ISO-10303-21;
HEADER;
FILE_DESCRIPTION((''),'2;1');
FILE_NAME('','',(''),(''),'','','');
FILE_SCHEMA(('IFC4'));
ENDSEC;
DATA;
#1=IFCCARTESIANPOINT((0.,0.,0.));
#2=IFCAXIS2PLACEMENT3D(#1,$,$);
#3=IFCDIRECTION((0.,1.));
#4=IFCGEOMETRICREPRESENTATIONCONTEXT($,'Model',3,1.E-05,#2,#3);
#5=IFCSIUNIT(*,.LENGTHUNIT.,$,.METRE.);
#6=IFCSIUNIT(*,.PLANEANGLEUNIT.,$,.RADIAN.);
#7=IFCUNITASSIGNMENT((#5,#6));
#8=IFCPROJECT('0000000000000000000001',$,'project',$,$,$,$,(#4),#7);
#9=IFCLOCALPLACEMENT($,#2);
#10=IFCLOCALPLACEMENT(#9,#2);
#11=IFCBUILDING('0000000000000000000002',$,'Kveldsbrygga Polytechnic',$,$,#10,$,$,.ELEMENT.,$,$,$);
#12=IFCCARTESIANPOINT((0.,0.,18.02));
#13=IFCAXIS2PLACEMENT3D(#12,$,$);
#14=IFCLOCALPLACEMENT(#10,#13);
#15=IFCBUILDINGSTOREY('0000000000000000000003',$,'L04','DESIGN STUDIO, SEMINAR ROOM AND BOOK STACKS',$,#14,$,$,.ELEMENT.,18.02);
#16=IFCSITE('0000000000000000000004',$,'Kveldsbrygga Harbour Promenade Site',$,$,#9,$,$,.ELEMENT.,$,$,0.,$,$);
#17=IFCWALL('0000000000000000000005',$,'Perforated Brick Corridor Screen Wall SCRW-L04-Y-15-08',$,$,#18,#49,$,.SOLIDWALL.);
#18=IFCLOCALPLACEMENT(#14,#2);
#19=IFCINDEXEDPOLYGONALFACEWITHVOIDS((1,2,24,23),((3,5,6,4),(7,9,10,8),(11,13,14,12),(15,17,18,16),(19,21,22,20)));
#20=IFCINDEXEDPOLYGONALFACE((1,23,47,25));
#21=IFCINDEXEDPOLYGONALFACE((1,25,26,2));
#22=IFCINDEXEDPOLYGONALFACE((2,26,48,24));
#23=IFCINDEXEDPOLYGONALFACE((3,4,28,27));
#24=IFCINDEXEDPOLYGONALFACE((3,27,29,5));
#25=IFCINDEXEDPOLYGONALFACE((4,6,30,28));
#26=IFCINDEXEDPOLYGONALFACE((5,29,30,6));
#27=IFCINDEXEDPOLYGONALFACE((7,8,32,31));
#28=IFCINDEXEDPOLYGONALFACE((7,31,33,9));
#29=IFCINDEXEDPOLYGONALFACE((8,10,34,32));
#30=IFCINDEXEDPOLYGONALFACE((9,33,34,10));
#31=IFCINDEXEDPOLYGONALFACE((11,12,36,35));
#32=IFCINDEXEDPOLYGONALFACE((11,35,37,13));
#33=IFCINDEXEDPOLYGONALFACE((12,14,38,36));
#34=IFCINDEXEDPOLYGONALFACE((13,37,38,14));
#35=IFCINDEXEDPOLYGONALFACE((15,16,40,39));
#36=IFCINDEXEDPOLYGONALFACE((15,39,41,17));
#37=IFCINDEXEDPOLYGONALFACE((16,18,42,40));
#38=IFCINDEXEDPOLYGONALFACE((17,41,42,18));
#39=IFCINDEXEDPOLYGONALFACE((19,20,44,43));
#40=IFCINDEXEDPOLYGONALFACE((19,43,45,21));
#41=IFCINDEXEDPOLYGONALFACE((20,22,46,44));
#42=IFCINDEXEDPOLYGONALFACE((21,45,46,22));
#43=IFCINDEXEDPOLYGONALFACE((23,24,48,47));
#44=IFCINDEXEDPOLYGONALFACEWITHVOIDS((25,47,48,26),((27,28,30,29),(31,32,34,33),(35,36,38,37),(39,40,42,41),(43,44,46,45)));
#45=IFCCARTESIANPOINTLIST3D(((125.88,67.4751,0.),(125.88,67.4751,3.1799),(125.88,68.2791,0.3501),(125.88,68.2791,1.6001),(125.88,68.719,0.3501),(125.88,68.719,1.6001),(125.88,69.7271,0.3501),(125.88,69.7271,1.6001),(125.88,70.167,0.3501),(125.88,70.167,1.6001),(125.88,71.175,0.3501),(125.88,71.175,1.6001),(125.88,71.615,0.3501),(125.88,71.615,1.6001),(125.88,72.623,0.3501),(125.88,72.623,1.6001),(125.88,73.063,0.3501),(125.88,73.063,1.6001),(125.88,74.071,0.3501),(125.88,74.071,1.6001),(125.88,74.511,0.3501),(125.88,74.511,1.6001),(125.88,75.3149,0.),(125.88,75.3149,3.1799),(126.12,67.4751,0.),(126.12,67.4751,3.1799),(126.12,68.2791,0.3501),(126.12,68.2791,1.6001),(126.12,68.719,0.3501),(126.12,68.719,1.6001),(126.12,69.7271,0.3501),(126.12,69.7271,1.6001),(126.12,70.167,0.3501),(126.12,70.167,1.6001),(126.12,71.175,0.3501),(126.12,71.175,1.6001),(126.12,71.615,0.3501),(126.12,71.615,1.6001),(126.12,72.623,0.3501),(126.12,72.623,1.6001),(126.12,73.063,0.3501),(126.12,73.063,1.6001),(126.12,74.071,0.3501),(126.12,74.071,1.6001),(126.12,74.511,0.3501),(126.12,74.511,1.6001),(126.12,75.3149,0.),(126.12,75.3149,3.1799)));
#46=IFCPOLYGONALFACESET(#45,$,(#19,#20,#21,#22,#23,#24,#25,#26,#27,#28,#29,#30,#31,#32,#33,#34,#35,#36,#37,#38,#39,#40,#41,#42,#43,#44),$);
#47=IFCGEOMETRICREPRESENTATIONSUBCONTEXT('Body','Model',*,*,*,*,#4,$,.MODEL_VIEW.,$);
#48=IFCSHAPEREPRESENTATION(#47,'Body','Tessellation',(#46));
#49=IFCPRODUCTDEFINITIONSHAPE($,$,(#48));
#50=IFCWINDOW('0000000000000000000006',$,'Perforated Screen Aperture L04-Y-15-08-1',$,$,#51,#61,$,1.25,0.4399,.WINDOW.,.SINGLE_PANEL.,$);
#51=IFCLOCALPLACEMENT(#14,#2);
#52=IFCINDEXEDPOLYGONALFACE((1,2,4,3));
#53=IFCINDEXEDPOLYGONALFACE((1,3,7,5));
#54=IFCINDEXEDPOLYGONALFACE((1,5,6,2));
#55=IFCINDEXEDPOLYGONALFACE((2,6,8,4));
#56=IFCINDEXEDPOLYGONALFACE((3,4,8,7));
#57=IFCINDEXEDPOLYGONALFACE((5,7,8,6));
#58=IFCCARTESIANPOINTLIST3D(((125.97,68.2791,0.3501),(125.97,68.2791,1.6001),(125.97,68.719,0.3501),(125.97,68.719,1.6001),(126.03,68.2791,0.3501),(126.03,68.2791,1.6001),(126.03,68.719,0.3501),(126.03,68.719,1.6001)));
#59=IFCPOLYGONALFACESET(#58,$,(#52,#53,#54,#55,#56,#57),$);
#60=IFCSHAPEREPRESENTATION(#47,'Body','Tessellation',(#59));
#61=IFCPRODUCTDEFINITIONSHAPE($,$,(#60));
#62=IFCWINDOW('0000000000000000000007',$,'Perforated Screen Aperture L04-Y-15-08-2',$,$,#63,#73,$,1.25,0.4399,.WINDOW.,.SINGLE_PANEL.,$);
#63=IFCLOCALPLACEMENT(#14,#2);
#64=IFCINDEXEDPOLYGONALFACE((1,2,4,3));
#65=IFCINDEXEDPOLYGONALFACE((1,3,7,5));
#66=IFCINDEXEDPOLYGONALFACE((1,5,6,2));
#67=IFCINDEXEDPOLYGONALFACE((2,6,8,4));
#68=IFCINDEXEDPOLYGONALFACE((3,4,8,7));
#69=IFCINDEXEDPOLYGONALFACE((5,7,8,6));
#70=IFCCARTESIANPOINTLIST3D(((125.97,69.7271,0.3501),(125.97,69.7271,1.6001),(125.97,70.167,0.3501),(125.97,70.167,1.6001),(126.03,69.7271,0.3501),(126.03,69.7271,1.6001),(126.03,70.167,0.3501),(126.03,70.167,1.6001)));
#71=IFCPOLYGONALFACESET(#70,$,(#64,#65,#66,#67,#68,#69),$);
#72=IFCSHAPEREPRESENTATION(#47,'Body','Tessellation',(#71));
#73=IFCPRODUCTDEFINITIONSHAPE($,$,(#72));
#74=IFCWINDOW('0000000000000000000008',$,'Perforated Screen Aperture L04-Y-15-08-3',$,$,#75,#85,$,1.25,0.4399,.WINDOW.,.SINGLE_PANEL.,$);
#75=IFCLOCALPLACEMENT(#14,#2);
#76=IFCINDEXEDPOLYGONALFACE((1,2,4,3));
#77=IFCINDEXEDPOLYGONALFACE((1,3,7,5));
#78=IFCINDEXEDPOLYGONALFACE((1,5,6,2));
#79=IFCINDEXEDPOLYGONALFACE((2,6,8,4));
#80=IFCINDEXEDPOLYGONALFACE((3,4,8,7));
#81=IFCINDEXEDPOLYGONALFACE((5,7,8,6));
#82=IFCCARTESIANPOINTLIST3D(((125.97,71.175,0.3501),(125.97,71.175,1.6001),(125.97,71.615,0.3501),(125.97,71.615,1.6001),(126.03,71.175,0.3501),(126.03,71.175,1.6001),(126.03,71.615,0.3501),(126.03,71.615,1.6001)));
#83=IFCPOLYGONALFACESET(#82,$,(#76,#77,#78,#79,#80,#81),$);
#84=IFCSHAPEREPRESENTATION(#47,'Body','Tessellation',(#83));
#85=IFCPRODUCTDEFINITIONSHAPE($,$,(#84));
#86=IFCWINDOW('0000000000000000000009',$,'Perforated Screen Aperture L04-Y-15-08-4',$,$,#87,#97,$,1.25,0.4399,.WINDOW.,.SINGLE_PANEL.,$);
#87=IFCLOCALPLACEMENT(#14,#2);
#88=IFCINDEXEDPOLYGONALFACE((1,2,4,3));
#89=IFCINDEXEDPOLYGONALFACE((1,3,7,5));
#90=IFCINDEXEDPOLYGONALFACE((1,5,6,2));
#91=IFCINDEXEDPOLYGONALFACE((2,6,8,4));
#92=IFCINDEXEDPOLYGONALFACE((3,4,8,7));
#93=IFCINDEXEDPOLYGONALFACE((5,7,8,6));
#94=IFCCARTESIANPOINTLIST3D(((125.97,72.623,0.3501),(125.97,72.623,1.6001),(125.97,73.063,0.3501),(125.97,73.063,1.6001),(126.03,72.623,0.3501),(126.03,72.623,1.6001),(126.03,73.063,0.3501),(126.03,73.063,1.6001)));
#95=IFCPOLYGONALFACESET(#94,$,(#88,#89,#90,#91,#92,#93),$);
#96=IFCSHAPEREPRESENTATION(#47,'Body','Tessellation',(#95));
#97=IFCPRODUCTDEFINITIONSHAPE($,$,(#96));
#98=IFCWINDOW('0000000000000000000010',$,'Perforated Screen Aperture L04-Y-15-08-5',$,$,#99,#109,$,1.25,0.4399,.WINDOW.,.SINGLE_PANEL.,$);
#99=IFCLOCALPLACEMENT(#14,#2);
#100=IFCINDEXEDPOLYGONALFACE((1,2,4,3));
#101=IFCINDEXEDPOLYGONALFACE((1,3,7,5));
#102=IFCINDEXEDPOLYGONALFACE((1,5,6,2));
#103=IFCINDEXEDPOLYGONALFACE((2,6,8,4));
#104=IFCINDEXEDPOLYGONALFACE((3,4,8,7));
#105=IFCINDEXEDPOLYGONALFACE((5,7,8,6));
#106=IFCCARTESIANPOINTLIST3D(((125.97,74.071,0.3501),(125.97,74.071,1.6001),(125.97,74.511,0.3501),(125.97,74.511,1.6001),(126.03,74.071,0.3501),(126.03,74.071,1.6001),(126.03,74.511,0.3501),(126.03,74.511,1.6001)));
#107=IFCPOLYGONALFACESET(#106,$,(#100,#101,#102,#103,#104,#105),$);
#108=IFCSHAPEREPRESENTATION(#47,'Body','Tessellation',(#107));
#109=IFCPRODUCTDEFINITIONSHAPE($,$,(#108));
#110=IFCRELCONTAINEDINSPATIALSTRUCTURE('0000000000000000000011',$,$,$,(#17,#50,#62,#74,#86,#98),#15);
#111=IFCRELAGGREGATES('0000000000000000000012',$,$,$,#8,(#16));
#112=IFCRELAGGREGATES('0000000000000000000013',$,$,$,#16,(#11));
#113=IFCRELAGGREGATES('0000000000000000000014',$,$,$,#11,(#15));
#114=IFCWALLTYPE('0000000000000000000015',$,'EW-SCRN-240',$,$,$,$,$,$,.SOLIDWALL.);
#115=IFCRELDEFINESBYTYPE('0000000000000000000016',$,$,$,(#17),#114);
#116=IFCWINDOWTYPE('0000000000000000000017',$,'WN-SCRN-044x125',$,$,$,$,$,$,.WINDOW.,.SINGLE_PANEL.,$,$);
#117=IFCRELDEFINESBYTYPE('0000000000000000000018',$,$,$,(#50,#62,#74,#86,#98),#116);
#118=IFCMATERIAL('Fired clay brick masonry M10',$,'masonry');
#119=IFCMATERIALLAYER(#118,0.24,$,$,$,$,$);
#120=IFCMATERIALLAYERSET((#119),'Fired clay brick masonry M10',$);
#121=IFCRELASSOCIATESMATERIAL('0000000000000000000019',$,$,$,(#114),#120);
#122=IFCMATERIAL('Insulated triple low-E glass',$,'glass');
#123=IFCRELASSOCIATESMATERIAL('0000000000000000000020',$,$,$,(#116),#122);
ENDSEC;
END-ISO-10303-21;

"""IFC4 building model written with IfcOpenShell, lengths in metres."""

from ifc_helpers import new_model, si_unit, direction, frame, frame_2d, origin, place, context, subcontext, project, spatial, rectangle, extrude, material, layer, layer_set, type_object, element, fill, save


model = new_model("IFC4")

# Units and contexts
model_context = context("Model", 3, precision=1e-05, world=origin(), true_north=direction((0.0, 1.0)))
body_context = subcontext(model_context, "Body", "Model", "MODEL_VIEW")
ifc_project = project(units=[si_unit("LENGTHUNIT", "METRE"), si_unit("PLANEANGLEUNIT", "RADIAN")], contexts=[model_context])

# Site, building, storey
site_placement = place(None, origin())
site = spatial("IfcSite", under=ifc_project, at=site_placement, Name="Kveldsbrygga Harbour Promenade Site", CompositionType="ELEMENT", RefElevation=0.0)
building_placement = place(site_placement, origin())
building = spatial("IfcBuilding", under=site, at=building_placement, Name="Kveldsbrygga Polytechnic", CompositionType="ELEMENT")
storey_placement = place(building_placement, frame((0.0, 0.0, 18.02)))
storey = spatial("IfcBuildingStorey", under=building, at=storey_placement, Name="L04", Description="DESIGN STUDIO, SEMINAR ROOM AND BOOK STACKS", CompositionType="ELEMENT", Elevation=18.02)

# Shared definitions
ifc_material_1 = material(Name="Insulated triple low-E glass", Category="glass")

# Wall, openings, windows
ifc_material_2 = material(Name="Fired clay brick masonry M10", Category="masonry")
ifc_layer_1 = layer(ifc_material_2, 0.24)
ifc_layer_set_1 = layer_set([ifc_layer_1], Name="Fired clay brick masonry M10")
wall_type = type_object("IfcWallType", Name="EW-SCRN-240", PredefinedType="SOLIDWALL", material=ifc_layer_set_1)
wall_placement = place(storey_placement, frame((126.0, 67.4751, 0.0), z_axis=(0.0, 0.0, 1.0), x_axis=(0.0, 1.0, 0.0)))
wall = element("IfcWall", 1, at=wall_placement, inside=storey, type_object=wall_type, Name="Perforated Brick Corridor Screen Wall SCRW-L04-Y-15-08", PredefinedType="SOLIDWALL", context=body_context, shape_type="SweptSolid", body=[
    extrude(rectangle(XDim=7.8398, YDim=0.24, at=frame_2d((3.9199, 0.0))), origin(), (0.0, 0.0, 1.0), 3.1799),
])
opening_1_placement = place(wall_placement, frame((0.804, 0.0, 0.3501)))
opening_1 = element("IfcOpeningElement", 2, at=opening_1_placement, cuts=wall, PredefinedType="OPENING", context=body_context, shape_type="SweptSolid", body=[
    extrude(rectangle(XDim=0.4399, YDim=1.25, at=frame_2d((0.22, 0.625))), frame((0.0, 0.1299, 0.0), z_axis=(0.0, -1.0, 0.0), x_axis=(1.0, 0.0, 0.0)), (0.0, 0.0, 1.0), 0.26),
])
opening_2_placement = place(wall_placement, frame((2.252, 0.0, 0.3501)))
opening_2 = element("IfcOpeningElement", 3, at=opening_2_placement, cuts=wall, PredefinedType="OPENING", context=body_context, shape_type="SweptSolid", body=[
    extrude(rectangle(XDim=0.4399, YDim=1.25, at=frame_2d((0.22, 0.625))), frame((0.0, 0.1299, 0.0), z_axis=(0.0, -1.0, 0.0), x_axis=(1.0, 0.0, 0.0)), (0.0, 0.0, 1.0), 0.26),
])
opening_3_placement = place(wall_placement, frame((3.7, 0.0, 0.3501)))
opening_3 = element("IfcOpeningElement", 4, at=opening_3_placement, cuts=wall, PredefinedType="OPENING", context=body_context, shape_type="SweptSolid", body=[
    extrude(rectangle(XDim=0.4399, YDim=1.25, at=frame_2d((0.22, 0.625))), frame((0.0, 0.1299, 0.0), z_axis=(0.0, -1.0, 0.0), x_axis=(1.0, 0.0, 0.0)), (0.0, 0.0, 1.0), 0.26),
])
opening_4_placement = place(wall_placement, frame((5.1479, 0.0, 0.3501)))
opening_4 = element("IfcOpeningElement", 5, at=opening_4_placement, cuts=wall, PredefinedType="OPENING", context=body_context, shape_type="SweptSolid", body=[
    extrude(rectangle(XDim=0.4399, YDim=1.25, at=frame_2d((0.22, 0.625))), frame((0.0, 0.1299, 0.0), z_axis=(0.0, -1.0, 0.0), x_axis=(1.0, 0.0, 0.0)), (0.0, 0.0, 1.0), 0.26),
])
opening_5_placement = place(wall_placement, frame((6.5959, 0.0, 0.3501)))
opening_5 = element("IfcOpeningElement", 6, at=opening_5_placement, cuts=wall, PredefinedType="OPENING", context=body_context, shape_type="SweptSolid", body=[
    extrude(rectangle(XDim=0.4399, YDim=1.25, at=frame_2d((0.22, 0.625))), frame((0.0, 0.1299, 0.0), z_axis=(0.0, -1.0, 0.0), x_axis=(1.0, 0.0, 0.0)), (0.0, 0.0, 1.0), 0.26),
])
window_type = type_object("IfcWindowType", Name="WN-SCRN-044x125", PartitioningType="SINGLE_PANEL", PredefinedType="WINDOW", material=ifc_material_1)
window_1_placement = place(opening_1_placement, origin())
window_1 = element("IfcWindow", 7, at=window_1_placement, inside=storey, type_object=window_type, Name="Perforated Screen Aperture L04-Y-15-08-1", OverallHeight=1.25, OverallWidth=0.4399, PartitioningType="SINGLE_PANEL", PredefinedType="WINDOW", context=body_context, shape_type="SweptSolid", body=[
    extrude(rectangle(XDim=0.4399, YDim=1.25, at=frame_2d((0.22, 0.625))), frame((0.0, 0.03, 0.0), z_axis=(0.0, -1.0, 0.0), x_axis=(1.0, 0.0, 0.0)), (0.0, 0.0, 1.0), 0.0601),
])
fill(opening_1, window_1)
window_2_placement = place(opening_2_placement, origin())
window_2 = element("IfcWindow", 8, at=window_2_placement, inside=storey, type_object=window_type, Name="Perforated Screen Aperture L04-Y-15-08-2", OverallHeight=1.25, OverallWidth=0.4399, PartitioningType="SINGLE_PANEL", PredefinedType="WINDOW", context=body_context, shape_type="SweptSolid", body=[
    extrude(rectangle(XDim=0.4399, YDim=1.25, at=frame_2d((0.22, 0.625))), frame((0.0, 0.03, 0.0), z_axis=(0.0, -1.0, 0.0), x_axis=(1.0, 0.0, 0.0)), (0.0, 0.0, 1.0), 0.0601),
])
fill(opening_2, window_2)
window_3_placement = place(opening_3_placement, origin())
window_3 = element("IfcWindow", 9, at=window_3_placement, inside=storey, type_object=window_type, Name="Perforated Screen Aperture L04-Y-15-08-3", OverallHeight=1.25, OverallWidth=0.4399, PartitioningType="SINGLE_PANEL", PredefinedType="WINDOW", context=body_context, shape_type="SweptSolid", body=[
    extrude(rectangle(XDim=0.4399, YDim=1.25, at=frame_2d((0.22, 0.625))), frame((0.0, 0.03, 0.0), z_axis=(0.0, -1.0, 0.0), x_axis=(1.0, 0.0, 0.0)), (0.0, 0.0, 1.0), 0.0601),
])
fill(opening_3, window_3)
window_4_placement = place(opening_4_placement, origin())
window_4 = element("IfcWindow", 10, at=window_4_placement, inside=storey, type_object=window_type, Name="Perforated Screen Aperture L04-Y-15-08-4", OverallHeight=1.25, OverallWidth=0.4399, PartitioningType="SINGLE_PANEL", PredefinedType="WINDOW", context=body_context, shape_type="SweptSolid", body=[
    extrude(rectangle(XDim=0.4399, YDim=1.25, at=frame_2d((0.22, 0.625))), frame((0.0, 0.03, 0.0), z_axis=(0.0, -1.0, 0.0), x_axis=(1.0, 0.0, 0.0)), (0.0, 0.0, 1.0), 0.0601),
])
fill(opening_4, window_4)
window_5_placement = place(opening_5_placement, origin())
window_5 = element("IfcWindow", 11, at=window_5_placement, inside=storey, type_object=window_type, Name="Perforated Screen Aperture L04-Y-15-08-5", OverallHeight=1.25, OverallWidth=0.4399, PartitioningType="SINGLE_PANEL", PredefinedType="WINDOW", context=body_context, shape_type="SweptSolid", body=[
    extrude(rectangle(XDim=0.4399, YDim=1.25, at=frame_2d((0.22, 0.625))), frame((0.0, 0.03, 0.0), z_axis=(0.0, -1.0, 0.0), x_axis=(1.0, 0.0, 0.0)), (0.0, 0.0, 1.0), 0.0601),
])
fill(opening_5, window_5)

save(model, "model.ifc")
